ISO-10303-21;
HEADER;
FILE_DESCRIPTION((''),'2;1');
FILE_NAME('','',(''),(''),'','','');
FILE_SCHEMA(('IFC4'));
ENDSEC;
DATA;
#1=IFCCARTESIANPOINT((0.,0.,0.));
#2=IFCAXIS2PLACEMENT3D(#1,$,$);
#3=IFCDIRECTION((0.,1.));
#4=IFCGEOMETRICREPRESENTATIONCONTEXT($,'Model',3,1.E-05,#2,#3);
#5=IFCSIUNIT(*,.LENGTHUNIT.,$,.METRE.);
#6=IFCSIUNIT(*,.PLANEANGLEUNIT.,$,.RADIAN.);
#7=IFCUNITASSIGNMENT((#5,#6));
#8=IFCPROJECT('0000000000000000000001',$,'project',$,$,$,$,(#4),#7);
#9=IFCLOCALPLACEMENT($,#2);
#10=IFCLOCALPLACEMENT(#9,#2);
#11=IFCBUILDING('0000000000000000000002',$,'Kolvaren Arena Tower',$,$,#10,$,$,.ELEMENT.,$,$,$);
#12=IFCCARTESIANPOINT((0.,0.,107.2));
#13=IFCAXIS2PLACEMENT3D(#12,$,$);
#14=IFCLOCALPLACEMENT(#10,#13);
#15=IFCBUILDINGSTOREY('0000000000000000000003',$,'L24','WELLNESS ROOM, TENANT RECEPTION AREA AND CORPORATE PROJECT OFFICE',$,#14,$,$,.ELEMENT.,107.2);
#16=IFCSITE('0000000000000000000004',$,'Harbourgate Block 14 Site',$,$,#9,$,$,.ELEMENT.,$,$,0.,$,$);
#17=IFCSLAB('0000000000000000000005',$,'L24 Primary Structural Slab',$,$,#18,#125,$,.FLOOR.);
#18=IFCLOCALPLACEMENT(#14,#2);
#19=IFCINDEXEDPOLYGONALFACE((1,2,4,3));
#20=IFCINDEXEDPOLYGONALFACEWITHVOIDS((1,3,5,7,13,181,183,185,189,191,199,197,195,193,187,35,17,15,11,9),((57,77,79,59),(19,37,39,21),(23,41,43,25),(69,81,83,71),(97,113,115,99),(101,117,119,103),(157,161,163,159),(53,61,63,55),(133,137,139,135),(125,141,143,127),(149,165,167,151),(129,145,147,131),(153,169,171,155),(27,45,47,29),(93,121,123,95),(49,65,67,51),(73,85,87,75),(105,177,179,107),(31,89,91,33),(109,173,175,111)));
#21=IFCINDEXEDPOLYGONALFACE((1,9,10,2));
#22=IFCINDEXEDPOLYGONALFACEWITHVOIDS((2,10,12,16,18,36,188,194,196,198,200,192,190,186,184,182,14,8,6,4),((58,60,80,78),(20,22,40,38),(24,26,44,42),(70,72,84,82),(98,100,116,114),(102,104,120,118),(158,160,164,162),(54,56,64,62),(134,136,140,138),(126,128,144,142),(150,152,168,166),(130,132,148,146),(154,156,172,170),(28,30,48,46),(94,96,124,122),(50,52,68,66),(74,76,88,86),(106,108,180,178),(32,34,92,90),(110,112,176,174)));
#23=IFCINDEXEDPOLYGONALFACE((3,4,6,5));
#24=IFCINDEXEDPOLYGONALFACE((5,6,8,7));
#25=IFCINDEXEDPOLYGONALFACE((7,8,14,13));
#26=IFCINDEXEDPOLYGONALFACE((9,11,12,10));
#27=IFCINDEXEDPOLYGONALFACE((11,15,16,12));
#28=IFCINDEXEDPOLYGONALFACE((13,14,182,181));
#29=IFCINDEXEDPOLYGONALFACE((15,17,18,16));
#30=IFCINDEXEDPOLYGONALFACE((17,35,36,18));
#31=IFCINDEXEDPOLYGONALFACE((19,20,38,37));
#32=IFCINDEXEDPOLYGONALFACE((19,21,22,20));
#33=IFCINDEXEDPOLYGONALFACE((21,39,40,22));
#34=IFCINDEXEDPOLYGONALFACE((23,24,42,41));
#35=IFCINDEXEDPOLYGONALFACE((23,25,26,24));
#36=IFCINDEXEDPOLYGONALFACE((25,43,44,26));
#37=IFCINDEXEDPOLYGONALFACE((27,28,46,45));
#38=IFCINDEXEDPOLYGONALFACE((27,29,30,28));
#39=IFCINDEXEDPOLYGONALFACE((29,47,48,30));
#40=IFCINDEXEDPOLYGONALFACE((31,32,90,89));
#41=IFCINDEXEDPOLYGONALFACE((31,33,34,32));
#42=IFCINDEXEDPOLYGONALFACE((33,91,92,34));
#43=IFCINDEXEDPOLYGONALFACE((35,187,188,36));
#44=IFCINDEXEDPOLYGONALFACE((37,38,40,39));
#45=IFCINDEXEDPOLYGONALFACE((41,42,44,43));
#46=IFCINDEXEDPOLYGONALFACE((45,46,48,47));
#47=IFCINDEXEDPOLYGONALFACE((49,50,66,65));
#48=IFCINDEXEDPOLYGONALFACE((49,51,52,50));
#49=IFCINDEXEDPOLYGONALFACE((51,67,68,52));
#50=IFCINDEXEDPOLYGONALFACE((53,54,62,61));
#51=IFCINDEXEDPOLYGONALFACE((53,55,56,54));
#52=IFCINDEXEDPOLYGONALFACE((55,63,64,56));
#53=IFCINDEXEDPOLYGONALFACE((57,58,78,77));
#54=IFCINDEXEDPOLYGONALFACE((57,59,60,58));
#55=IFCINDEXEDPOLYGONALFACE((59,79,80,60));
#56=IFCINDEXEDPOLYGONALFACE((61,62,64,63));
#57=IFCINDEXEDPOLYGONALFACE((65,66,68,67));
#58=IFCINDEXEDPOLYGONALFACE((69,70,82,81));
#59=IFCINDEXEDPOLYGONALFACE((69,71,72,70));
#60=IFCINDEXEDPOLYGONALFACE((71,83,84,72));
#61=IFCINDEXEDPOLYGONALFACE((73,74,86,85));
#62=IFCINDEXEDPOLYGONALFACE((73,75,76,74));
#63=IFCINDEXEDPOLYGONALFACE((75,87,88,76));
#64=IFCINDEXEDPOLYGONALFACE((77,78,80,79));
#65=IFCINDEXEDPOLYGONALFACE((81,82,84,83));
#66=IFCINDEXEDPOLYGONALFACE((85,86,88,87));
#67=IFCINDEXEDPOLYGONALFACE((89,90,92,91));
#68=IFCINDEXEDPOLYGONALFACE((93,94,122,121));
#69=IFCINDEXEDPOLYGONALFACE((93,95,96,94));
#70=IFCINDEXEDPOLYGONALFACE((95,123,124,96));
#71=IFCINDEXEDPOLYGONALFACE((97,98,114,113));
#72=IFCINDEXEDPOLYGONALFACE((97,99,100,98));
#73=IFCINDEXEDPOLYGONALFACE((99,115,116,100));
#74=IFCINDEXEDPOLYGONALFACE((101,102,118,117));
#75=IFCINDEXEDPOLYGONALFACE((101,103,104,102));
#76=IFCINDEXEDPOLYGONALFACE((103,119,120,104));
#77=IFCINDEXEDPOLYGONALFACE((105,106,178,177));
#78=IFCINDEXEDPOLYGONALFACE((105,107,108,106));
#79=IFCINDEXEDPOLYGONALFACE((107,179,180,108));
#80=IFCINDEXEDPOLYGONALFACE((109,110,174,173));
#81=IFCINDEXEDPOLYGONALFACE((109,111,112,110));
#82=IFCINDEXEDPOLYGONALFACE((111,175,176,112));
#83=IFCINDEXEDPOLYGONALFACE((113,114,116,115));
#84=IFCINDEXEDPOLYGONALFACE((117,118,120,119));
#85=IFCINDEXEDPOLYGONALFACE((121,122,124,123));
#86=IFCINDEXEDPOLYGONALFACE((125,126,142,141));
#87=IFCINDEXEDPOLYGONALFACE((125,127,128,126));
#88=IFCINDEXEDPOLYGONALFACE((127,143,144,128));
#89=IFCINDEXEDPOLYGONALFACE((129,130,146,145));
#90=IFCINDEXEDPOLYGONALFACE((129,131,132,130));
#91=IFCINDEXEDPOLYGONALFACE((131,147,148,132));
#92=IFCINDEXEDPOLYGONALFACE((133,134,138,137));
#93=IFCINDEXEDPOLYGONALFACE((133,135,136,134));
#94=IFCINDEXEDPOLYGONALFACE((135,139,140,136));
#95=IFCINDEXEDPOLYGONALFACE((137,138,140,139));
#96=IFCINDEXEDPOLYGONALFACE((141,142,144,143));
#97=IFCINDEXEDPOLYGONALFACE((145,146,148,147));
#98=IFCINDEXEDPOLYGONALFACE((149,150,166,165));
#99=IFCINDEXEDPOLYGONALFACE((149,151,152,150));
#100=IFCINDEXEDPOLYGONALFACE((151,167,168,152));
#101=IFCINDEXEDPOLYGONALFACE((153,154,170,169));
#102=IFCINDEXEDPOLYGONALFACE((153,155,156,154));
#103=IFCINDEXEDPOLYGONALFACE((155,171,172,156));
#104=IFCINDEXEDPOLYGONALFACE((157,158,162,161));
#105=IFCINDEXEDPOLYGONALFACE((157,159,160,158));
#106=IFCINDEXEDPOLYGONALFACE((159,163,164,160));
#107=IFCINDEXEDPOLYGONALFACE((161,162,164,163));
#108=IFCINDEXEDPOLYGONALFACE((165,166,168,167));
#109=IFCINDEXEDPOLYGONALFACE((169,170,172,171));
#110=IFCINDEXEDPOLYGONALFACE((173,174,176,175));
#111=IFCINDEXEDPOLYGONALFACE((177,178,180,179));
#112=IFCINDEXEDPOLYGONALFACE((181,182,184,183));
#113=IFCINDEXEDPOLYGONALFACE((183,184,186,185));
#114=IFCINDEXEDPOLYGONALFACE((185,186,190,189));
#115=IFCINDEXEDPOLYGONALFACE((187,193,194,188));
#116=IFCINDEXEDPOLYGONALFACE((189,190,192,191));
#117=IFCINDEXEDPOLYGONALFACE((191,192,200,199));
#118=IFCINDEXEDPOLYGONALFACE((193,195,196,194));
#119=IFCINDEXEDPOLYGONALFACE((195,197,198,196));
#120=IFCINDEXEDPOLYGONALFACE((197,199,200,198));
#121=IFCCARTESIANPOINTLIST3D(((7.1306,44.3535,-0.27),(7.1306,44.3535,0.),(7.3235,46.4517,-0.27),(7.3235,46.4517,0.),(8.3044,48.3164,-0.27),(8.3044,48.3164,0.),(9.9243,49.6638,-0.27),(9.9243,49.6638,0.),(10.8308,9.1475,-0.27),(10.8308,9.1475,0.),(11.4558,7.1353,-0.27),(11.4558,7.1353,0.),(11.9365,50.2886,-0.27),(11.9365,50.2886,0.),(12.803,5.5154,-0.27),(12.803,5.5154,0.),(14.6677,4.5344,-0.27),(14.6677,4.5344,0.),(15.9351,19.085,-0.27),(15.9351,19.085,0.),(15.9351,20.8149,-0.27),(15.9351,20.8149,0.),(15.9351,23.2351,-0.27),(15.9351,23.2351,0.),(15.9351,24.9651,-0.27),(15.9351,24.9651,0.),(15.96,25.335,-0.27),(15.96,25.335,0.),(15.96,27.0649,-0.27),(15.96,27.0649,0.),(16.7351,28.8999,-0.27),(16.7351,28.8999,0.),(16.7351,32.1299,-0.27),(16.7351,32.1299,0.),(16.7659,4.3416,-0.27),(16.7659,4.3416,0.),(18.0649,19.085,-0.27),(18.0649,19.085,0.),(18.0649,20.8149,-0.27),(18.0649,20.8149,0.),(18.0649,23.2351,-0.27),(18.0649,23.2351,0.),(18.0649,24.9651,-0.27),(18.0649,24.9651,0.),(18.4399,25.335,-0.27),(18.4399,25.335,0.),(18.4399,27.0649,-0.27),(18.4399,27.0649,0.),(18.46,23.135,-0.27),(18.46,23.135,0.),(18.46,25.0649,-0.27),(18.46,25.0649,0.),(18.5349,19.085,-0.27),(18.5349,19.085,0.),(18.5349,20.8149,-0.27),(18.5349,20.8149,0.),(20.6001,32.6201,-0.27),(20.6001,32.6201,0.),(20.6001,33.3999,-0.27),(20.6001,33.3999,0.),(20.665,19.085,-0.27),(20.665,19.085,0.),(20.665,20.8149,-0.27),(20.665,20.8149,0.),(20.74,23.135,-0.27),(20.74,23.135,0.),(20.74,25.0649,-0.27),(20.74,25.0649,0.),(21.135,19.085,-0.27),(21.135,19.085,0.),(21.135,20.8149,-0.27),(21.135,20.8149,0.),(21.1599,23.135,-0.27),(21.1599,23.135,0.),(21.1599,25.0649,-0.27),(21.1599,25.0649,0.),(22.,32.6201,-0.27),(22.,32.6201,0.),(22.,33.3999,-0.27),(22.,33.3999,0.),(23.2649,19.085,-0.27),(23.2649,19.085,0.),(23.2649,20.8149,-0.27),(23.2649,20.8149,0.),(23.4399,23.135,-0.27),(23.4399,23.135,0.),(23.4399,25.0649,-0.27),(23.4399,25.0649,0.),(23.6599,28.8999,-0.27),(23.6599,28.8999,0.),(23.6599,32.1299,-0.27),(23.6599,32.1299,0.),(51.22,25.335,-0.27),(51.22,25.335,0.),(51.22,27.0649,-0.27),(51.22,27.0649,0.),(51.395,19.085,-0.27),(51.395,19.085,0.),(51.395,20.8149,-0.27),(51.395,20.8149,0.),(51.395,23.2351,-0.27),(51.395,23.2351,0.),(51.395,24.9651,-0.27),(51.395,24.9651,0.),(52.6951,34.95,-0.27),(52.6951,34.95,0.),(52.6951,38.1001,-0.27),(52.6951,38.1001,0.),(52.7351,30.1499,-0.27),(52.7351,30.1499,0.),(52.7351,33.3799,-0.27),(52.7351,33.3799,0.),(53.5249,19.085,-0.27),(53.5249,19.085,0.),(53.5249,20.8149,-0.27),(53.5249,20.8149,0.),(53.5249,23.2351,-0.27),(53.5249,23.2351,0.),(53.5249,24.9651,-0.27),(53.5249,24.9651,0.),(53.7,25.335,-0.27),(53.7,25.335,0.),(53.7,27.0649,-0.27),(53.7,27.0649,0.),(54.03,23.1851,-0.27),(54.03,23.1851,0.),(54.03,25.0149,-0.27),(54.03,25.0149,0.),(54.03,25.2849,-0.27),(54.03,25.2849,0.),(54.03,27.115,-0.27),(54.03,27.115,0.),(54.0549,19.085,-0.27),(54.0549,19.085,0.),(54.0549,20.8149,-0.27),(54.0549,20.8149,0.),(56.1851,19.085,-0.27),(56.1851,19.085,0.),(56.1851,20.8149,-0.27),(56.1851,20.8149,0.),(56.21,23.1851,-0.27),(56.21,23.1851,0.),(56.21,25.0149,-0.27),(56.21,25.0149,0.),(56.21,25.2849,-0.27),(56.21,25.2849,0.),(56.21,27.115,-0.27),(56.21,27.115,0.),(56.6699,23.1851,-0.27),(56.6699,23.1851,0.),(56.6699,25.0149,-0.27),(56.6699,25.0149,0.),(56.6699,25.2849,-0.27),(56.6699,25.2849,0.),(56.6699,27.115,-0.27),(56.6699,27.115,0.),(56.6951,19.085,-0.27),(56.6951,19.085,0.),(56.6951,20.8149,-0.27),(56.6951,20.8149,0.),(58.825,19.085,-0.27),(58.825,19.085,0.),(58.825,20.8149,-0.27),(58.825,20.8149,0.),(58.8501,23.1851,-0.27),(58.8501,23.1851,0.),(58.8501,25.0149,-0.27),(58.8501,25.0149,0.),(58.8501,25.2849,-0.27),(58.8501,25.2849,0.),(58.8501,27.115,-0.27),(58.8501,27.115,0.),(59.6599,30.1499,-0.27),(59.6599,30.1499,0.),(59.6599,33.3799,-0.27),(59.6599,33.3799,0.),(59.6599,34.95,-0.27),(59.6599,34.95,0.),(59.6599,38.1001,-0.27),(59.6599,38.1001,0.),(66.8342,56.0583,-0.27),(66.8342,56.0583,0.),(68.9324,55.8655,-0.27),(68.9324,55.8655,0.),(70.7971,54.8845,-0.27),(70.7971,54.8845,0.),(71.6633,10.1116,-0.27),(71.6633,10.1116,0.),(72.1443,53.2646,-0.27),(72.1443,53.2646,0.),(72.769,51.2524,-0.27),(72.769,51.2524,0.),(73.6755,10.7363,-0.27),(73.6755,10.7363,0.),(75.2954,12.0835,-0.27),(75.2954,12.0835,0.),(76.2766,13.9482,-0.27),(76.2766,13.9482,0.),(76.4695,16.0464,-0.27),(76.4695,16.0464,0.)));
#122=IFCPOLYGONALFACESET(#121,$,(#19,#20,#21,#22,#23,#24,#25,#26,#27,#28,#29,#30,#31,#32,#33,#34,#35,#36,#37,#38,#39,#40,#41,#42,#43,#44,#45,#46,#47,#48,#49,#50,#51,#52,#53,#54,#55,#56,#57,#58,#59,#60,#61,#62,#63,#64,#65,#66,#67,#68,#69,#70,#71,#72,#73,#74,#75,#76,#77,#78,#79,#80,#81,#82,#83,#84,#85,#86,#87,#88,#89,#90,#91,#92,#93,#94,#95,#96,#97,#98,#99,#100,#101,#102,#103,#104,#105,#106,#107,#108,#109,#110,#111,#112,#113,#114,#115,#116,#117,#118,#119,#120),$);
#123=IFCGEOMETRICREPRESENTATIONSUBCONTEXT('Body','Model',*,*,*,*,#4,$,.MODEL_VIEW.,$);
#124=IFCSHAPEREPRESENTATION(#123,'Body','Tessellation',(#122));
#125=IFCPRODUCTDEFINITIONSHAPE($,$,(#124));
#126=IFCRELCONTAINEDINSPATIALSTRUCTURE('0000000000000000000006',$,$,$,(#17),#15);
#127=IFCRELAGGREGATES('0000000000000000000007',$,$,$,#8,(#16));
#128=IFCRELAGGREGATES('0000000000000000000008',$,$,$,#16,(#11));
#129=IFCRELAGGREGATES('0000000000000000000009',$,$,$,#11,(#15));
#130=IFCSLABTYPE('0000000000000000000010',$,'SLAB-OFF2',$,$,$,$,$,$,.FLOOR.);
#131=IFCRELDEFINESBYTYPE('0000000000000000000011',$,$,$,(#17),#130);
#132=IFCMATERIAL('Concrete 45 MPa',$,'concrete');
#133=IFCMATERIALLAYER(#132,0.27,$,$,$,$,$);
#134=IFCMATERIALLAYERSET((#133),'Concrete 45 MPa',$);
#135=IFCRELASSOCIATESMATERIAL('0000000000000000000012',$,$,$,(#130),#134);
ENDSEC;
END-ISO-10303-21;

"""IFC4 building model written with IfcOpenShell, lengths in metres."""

from ifc_helpers import new_model, si_unit, direction, frame, origin, place, context, subcontext, project, spatial, polyline, outline, extrude, material, layer, layer_set, type_object, element, save


model = new_model("IFC4")

# Units and contexts
model_context = context("Model", 3, precision=1e-05, world=origin(), true_north=direction((0.0, 1.0)))
body_context = subcontext(model_context, "Body", "Model", "MODEL_VIEW")
ifc_project = project(units=[si_unit("LENGTHUNIT", "METRE"), si_unit("PLANEANGLEUNIT", "RADIAN")], contexts=[model_context])

# Site, building, storey
site_placement = place(None, origin())
site = spatial("IfcSite", under=ifc_project, at=site_placement, Name="Harbourgate Block 14 Site", CompositionType="ELEMENT", RefElevation=0.0)
building_placement = place(site_placement, origin())
building = spatial("IfcBuilding", under=site, at=building_placement, Name="Kolvaren Arena Tower", CompositionType="ELEMENT")
storey_placement = place(building_placement, frame((0.0, 0.0, 107.2)))
storey = spatial("IfcBuildingStorey", under=building, at=storey_placement, Name="L24", Description="WELLNESS ROOM, TENANT RECEPTION AREA AND CORPORATE PROJECT OFFICE", CompositionType="ELEMENT", Elevation=107.2)

# Shared definitions
ifc_material_1 = material(Name="Concrete 45 MPa", Category="concrete")

# Slab
ifc_layer_1 = layer(ifc_material_1, 0.27)
ifc_layer_set_1 = layer_set([ifc_layer_1], Name="Concrete 45 MPa")
slab_type_1 = type_object("IfcSlabType", Name="SLAB-OFF2", PredefinedType="FLOOR", material=ifc_layer_set_1)
slab_1_placement = place(storey_placement, frame((0.0, 0.0, -0.27)))
element("IfcSlab", 1, at=slab_1_placement, inside=storey, type_object=slab_type_1, Name="L24 Primary Structural Slab", PredefinedType="FLOOR", context=body_context, shape_type="SweptSolid", body=[
    extrude(outline(polyline([(71.6633, 10.1116), (73.6755, 10.7363), (75.2954, 12.0835), (76.2766, 13.9482), (76.4695, 16.0464), (72.769, 51.2524), (72.1443, 53.2646), (70.7971, 54.8845), (68.9324, 55.8655), (66.8342, 56.0583), (11.9365, 50.2886), (9.9243, 49.6638), (8.3044, 48.3164), (7.3235, 46.4517), (7.1306, 44.3535), (10.8308, 9.1475), (11.4558, 7.1353), (12.803, 5.5154), (14.6677, 4.5344), (16.7659, 4.3416), (71.6633, 10.1116)]), holes=[polyline([(15.9351, 19.085), (15.9351, 20.8149), (18.0649, 20.8149), (18.0649, 19.085), (15.9351, 19.085)]), polyline([(18.5349, 19.085), (18.5349, 20.8149), (20.665, 20.8149), (20.665, 19.085), (18.5349, 19.085)]), polyline([(21.135, 19.085), (21.135, 20.8149), (23.2649, 20.8149), (23.2649, 19.085), (21.135, 19.085)]), polyline([(51.395, 19.085), (51.395, 20.8149), (53.5249, 20.8149), (53.5249, 19.085), (51.395, 19.085)]), polyline([(54.0549, 19.085), (54.0549, 20.8149), (56.1851, 20.8149), (56.1851, 19.085), (54.0549, 19.085)]), polyline([(56.6951, 19.085), (56.6951, 20.8149), (58.825, 20.8149), (58.825, 19.085), (56.6951, 19.085)]), polyline([(18.46, 25.0649), (20.74, 25.0649), (20.74, 23.135), (18.46, 23.135), (18.46, 25.0649)]), polyline([(21.1599, 23.135), (21.1599, 25.0649), (23.4399, 25.0649), (23.4399, 23.135), (21.1599, 23.135)]), polyline([(54.03, 25.0149), (56.21, 25.0149), (56.21, 23.1851), (54.03, 23.1851), (54.03, 25.0149)]), polyline([(56.6699, 25.0149), (58.8501, 25.0149), (58.8501, 23.1851), (56.6699, 23.1851), (56.6699, 25.0149)]), polyline([(15.9351, 24.9651), (18.0649, 24.9651), (18.0649, 23.2351), (15.9351, 23.2351), (15.9351, 24.9651)]), polyline([(51.395, 23.2351), (51.395, 24.9651), (53.5249, 24.9651), (53.5249, 23.2351), (51.395, 23.2351)]), polyline([(54.03, 25.2849), (54.03, 27.115), (56.21, 27.115), (56.21, 25.2849), (54.03, 25.2849)]), polyline([(56.6699, 25.2849), (56.6699, 27.115), (58.8501, 27.115), (58.8501, 25.2849), (56.6699, 25.2849)]), polyline([(15.96, 25.335), (15.96, 27.0649), (18.4399, 27.0649), (18.4399, 25.335), (15.96, 25.335)]), polyline([(51.22, 25.335), (51.22, 27.0649), (53.7, 27.0649), (53.7, 25.335), (51.22, 25.335)]), polyline([(16.7351, 32.1299), (23.6599, 32.1299), (23.6599, 28.8999), (16.7351, 28.8999), (16.7351, 32.1299)]), polyline([(52.7351, 33.3799), (59.6599, 33.3799), (59.6599, 30.1499), (52.7351, 30.1499), (52.7351, 33.3799)]), polyline([(20.6001, 33.3999), (22.0, 33.3999), (22.0, 32.6201), (20.6001, 32.6201), (20.6001, 33.3999)]), polyline([(52.6951, 38.1001), (59.6599, 38.1001), (59.6599, 34.95), (52.6951, 34.95), (52.6951, 38.1001)])]), origin(), (0.0, 0.0, 1.0), 0.27),
])

save(model, "model.ifc")
